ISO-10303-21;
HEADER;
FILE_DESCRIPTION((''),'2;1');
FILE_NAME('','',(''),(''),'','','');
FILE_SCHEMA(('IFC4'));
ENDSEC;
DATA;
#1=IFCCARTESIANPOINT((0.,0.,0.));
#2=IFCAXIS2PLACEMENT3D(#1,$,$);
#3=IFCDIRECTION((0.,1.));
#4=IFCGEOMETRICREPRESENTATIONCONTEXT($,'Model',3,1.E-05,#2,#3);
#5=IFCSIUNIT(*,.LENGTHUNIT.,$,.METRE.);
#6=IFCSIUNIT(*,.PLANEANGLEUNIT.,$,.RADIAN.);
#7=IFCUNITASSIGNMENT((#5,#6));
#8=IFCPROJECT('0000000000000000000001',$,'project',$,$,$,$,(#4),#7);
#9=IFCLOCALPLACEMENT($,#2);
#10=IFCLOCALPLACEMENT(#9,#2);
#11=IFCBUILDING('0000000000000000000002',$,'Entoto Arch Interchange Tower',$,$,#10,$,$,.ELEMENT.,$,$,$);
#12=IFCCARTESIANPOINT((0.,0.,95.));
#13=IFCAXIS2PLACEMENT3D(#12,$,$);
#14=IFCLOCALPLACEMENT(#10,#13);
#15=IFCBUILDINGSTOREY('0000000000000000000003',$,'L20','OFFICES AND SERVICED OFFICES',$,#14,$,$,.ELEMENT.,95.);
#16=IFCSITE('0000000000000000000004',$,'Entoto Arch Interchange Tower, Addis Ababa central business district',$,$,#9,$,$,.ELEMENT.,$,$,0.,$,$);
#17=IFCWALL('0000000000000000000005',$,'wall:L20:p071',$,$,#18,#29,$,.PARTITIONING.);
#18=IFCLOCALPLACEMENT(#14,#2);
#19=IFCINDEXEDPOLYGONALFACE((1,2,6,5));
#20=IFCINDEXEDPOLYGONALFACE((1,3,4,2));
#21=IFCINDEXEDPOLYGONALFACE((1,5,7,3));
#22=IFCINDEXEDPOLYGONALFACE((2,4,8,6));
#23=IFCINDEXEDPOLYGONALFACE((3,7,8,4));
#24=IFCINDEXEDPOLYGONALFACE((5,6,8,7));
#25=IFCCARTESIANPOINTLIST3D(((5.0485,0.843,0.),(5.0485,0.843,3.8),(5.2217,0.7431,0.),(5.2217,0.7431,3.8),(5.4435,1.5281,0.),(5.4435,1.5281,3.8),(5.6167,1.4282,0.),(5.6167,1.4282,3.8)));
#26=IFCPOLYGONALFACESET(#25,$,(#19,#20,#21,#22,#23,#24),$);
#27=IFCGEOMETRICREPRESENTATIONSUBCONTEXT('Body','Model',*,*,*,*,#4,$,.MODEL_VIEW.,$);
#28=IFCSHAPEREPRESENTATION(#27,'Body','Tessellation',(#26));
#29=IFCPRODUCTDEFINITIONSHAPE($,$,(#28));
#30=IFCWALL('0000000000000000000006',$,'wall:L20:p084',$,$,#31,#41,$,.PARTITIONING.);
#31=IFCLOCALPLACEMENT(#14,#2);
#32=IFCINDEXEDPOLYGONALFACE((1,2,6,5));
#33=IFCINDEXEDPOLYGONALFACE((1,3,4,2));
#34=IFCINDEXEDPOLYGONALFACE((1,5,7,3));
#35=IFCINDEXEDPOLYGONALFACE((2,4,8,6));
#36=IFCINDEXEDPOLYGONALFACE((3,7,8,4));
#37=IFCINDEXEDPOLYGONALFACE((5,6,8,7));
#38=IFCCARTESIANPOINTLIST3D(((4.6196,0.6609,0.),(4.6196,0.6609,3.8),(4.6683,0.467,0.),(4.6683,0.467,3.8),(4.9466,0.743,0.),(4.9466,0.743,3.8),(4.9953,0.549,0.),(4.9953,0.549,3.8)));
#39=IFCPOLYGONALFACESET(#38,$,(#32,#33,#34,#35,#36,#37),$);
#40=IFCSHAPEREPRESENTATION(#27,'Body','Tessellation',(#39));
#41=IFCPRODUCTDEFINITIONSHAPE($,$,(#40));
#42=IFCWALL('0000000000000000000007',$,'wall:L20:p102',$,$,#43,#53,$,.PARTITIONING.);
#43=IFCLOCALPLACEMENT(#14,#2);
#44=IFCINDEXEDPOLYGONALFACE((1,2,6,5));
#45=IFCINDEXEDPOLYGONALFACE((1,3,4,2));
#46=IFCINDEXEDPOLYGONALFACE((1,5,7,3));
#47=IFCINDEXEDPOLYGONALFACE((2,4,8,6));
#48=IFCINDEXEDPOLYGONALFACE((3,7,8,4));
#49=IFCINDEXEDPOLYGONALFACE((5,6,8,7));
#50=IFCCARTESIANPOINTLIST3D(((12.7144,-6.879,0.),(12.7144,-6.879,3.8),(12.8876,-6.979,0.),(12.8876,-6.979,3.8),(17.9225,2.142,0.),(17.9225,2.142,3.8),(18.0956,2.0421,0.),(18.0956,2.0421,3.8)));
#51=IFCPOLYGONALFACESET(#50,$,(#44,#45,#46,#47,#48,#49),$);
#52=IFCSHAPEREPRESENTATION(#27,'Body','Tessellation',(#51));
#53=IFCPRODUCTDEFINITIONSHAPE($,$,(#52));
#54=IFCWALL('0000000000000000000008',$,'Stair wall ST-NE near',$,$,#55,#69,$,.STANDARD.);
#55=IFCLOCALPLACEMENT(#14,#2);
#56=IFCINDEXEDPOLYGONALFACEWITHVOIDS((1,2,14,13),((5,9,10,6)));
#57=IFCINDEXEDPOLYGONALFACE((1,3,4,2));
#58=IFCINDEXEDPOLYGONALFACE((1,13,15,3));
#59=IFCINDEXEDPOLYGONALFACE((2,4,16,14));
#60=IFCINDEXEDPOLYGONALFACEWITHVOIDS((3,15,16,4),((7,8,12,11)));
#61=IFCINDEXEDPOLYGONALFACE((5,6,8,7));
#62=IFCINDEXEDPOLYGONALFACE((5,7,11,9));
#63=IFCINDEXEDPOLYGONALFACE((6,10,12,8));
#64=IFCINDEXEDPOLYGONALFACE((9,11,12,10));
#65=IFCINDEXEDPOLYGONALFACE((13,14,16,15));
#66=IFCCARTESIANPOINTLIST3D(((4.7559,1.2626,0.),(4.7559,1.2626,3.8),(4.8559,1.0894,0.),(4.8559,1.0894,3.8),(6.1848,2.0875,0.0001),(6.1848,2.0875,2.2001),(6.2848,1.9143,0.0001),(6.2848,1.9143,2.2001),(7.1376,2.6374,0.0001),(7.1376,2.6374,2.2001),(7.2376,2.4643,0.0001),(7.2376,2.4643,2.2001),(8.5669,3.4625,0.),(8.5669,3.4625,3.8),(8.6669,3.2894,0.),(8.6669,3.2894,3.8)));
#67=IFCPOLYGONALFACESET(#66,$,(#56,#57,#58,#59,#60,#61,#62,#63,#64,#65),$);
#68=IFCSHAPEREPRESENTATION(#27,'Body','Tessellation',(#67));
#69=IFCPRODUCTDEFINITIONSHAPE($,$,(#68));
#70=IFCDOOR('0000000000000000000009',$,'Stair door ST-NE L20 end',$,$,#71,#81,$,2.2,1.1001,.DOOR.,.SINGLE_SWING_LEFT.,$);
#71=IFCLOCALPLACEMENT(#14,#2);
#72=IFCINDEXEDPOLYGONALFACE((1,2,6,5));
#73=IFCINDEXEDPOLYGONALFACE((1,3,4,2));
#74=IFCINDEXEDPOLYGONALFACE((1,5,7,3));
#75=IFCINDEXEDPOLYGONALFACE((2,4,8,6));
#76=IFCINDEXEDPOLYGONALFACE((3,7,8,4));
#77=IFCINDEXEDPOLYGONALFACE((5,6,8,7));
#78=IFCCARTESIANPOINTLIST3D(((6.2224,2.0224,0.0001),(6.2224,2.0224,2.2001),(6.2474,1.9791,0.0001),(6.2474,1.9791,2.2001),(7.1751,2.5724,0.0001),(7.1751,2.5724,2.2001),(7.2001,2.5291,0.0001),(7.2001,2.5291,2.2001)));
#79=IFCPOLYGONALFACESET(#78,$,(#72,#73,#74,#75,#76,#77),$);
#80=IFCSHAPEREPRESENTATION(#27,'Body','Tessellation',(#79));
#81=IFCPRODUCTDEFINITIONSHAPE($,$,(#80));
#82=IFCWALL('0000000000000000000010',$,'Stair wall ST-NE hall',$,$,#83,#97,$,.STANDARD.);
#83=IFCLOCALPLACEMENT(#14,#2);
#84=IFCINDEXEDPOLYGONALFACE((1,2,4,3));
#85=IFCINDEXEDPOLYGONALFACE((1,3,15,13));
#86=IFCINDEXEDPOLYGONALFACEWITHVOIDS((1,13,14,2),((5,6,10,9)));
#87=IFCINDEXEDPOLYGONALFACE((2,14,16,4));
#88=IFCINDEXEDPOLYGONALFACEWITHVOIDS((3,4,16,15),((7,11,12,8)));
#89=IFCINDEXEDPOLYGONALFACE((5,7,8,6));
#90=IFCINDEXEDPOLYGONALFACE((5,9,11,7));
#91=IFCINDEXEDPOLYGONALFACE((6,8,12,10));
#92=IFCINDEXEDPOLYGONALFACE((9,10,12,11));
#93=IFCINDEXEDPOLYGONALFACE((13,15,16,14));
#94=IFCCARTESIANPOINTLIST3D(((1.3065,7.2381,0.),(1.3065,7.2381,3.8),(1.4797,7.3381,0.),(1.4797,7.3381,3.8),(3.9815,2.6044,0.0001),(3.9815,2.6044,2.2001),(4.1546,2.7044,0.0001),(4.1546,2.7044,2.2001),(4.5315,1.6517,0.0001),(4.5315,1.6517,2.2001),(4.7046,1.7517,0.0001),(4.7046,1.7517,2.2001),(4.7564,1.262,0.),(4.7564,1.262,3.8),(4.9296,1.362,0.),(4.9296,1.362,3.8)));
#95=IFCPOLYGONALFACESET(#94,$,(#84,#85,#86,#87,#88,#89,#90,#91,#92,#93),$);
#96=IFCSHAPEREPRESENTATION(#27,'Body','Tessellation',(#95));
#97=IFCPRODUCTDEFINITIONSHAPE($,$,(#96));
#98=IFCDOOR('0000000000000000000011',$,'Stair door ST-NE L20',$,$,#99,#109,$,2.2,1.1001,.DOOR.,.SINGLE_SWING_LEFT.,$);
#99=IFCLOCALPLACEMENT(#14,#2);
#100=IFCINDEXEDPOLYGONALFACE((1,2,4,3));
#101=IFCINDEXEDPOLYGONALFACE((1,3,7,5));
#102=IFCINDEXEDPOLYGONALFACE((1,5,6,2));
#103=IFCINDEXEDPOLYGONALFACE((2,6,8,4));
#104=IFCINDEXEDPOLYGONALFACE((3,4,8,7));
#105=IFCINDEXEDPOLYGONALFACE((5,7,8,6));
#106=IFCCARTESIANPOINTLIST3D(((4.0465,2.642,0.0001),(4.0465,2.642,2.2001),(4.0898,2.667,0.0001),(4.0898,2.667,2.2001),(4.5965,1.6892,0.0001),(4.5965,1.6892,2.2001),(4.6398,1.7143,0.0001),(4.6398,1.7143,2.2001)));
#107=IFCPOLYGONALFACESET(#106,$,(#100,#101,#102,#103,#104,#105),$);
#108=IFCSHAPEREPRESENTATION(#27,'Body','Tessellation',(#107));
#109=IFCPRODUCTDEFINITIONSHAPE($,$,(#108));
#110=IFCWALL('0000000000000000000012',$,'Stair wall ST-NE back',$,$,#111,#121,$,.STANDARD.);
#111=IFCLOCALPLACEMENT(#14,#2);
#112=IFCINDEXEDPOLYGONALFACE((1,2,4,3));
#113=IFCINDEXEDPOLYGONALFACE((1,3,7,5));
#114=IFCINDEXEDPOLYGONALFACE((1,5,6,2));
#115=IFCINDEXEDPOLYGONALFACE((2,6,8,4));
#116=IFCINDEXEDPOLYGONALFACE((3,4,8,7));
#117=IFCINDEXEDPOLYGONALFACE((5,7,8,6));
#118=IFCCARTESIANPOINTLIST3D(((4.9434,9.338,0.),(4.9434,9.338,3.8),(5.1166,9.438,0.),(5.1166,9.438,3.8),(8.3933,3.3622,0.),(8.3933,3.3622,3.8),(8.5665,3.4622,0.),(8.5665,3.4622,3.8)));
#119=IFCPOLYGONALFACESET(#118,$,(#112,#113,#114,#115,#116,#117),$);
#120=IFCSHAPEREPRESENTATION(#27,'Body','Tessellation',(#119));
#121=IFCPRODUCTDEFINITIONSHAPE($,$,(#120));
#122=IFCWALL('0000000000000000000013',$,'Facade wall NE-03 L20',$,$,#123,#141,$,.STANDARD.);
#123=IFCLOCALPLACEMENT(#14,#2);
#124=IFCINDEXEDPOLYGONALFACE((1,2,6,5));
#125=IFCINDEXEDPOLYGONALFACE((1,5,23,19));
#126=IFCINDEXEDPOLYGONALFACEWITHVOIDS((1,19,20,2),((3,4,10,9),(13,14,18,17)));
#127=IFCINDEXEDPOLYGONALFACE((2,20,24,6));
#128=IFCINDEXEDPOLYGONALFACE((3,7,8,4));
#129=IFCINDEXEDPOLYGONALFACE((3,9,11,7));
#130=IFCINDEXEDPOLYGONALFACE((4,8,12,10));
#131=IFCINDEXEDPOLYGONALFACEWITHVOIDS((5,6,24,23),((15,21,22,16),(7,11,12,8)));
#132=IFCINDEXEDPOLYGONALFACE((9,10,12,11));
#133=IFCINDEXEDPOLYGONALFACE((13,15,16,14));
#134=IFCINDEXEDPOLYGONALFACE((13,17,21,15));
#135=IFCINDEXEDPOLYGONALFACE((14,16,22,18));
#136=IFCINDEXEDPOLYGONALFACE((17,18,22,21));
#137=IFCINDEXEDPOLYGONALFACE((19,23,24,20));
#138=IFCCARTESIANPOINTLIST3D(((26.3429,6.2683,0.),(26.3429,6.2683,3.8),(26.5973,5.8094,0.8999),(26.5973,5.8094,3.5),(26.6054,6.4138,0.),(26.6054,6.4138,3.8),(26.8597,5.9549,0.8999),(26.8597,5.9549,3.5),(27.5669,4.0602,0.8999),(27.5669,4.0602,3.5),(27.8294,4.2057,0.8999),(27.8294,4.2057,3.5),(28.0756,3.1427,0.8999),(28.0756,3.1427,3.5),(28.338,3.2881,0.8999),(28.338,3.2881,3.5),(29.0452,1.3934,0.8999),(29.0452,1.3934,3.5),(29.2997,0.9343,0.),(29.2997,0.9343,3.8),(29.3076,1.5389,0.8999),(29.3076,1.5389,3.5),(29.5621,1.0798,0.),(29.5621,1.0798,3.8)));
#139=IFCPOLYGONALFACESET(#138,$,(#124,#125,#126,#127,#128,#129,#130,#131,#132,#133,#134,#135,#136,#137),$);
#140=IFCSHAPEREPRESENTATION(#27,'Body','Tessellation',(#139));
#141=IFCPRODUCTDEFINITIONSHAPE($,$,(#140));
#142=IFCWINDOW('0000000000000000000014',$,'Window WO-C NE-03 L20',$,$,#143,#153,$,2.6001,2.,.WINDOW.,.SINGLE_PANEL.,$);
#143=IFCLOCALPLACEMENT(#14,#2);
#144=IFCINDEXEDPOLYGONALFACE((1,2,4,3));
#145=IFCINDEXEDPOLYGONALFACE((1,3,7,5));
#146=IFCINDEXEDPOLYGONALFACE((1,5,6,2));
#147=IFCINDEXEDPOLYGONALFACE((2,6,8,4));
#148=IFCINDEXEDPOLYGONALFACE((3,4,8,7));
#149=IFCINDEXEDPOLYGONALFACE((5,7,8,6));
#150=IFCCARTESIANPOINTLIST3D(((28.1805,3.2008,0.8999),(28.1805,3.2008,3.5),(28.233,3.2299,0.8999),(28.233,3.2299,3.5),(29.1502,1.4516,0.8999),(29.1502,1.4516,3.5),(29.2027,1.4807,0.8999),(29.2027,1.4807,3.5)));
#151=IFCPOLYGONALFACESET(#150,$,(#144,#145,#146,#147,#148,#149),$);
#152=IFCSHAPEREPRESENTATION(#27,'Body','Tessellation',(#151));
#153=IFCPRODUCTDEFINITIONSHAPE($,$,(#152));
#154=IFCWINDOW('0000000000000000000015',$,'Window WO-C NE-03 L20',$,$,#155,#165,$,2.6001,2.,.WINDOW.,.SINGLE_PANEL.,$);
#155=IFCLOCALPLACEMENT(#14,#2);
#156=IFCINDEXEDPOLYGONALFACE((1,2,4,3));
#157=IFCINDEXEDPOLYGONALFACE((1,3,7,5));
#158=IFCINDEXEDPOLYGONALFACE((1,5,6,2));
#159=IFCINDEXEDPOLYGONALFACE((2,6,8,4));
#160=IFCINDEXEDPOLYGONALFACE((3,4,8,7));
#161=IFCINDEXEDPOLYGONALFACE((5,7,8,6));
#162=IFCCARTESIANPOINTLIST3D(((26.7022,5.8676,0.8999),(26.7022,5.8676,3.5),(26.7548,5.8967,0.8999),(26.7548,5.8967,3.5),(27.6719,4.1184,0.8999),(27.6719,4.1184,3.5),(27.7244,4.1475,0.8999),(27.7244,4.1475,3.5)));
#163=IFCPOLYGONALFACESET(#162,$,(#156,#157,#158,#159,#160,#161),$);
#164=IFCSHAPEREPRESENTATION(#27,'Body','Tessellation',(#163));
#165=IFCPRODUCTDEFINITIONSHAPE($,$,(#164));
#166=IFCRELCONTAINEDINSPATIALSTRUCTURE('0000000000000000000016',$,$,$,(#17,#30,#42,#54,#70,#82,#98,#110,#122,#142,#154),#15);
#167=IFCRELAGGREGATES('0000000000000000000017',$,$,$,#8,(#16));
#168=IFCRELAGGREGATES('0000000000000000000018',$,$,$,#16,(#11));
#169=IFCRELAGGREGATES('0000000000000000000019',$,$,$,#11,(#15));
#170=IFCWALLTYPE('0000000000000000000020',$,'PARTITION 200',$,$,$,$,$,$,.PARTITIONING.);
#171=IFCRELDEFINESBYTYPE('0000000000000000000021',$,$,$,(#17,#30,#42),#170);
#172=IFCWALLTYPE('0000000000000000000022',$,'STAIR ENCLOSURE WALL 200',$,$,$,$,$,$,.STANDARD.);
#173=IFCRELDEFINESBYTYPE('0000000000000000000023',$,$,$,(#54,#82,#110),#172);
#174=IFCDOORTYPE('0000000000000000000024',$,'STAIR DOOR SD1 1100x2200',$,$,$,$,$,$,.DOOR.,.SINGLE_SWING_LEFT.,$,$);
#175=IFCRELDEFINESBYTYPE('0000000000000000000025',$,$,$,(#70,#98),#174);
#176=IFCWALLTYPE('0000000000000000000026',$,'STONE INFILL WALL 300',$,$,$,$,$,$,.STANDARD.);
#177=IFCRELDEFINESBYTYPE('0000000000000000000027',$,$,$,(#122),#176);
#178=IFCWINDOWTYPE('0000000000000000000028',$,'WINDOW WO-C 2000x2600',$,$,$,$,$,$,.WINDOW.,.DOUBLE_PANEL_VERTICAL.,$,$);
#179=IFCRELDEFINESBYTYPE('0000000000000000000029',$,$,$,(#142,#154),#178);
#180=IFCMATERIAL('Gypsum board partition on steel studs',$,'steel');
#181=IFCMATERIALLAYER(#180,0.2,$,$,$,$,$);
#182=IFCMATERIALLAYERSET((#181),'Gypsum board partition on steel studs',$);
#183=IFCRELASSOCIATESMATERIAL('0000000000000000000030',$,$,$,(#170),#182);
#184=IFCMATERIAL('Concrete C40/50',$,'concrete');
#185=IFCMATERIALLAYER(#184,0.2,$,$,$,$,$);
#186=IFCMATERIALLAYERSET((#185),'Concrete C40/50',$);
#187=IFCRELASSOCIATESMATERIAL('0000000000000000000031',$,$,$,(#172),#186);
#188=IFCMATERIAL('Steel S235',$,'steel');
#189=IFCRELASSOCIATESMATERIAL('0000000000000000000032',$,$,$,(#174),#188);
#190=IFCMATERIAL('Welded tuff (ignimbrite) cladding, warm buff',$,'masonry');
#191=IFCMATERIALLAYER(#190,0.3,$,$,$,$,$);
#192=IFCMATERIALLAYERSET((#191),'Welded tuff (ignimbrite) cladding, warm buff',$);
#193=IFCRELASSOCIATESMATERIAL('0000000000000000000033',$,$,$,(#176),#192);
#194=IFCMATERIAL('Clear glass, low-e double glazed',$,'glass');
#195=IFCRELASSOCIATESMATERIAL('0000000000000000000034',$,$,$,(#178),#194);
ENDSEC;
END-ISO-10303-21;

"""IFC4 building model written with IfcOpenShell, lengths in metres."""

from ifc_helpers import new_model, si_unit, direction, frame, frame_2d, origin, place, context, subcontext, project, spatial, rectangle, extrude, material, layer, layer_set, type_object, element, fill, save


model = new_model("IFC4")

# Units and contexts
model_context = context("Model", 3, precision=1e-05, world=origin(), true_north=direction((0.0, 1.0)))
body_context = subcontext(model_context, "Body", "Model", "MODEL_VIEW")
ifc_project = project(units=[si_unit("LENGTHUNIT", "METRE"), si_unit("PLANEANGLEUNIT", "RADIAN")], contexts=[model_context])

# Site, building, storey
site_placement = place(None, origin())
site = spatial("IfcSite", under=ifc_project, at=site_placement, Name="Entoto Arch Interchange Tower, Addis Ababa central business district", CompositionType="ELEMENT", RefElevation=0.0)
building_placement = place(site_placement, origin())
building = spatial("IfcBuilding", under=site, at=building_placement, Name="Entoto Arch Interchange Tower", CompositionType="ELEMENT")
storey_placement = place(building_placement, frame((0.0, 0.0, 95.0)))
storey = spatial("IfcBuildingStorey", under=building, at=storey_placement, Name="L20", Description="OFFICES AND SERVICED OFFICES", CompositionType="ELEMENT", Elevation=95.0)

# Shared definitions
ifc_material_1 = material(Name="Concrete C40/50", Category="concrete")
ifc_material_2 = material(Name="Gypsum board partition on steel studs", Category="steel")

# Shared definitions
ifc_layer_1 = layer(ifc_material_2, 0.2)
ifc_layer_set_1 = layer_set([ifc_layer_1], Name="Gypsum board partition on steel studs")
wall_type_1 = type_object("IfcWallType", Name="PARTITION 200", PredefinedType="PARTITIONING", material=ifc_layer_set_1)

# Walls
wall_1_placement = place(storey_placement, frame((5.135, 0.793, 0.0), z_axis=(0.0, 0.0, 1.0), x_axis=(0.499526, 0.866299, 0.0)))
element("IfcWall", 1, at=wall_1_placement, inside=storey, type_object=wall_type_1, Name="wall:L20:p071", PredefinedType="PARTITIONING", context=body_context, shape_type="SweptSolid", body=[
    extrude(rectangle(XDim=0.7908, YDim=0.2, at=frame_2d((0.3955, 0.0))), origin(), (0.0, 0.0, 1.0), 3.8),
])
wall_2_placement = place(storey_placement, frame((4.644, 0.564, 0.0), z_axis=(0.0, 0.0, 1.0), x_axis=(0.969929, 0.243388, 0.0)))
element("IfcWall", 2, at=wall_2_placement, inside=storey, type_object=wall_type_1, Name="wall:L20:p084", PredefinedType="PARTITIONING", context=body_context, shape_type="SweptSolid", body=[
    extrude(rectangle(XDim=0.3372, YDim=0.2, at=frame_2d((0.1685, 0.0))), origin(), (0.0, 0.0, 1.0), 3.8),
])
wall_3_placement = place(storey_placement, frame((18.009, 2.092, 0.0), z_axis=(0.0, 0.0, 1.0), x_axis=(-0.499981, -0.866036, 0.0)))
element("IfcWall", 3, at=wall_3_placement, inside=storey, type_object=wall_type_1, Name="wall:L20:p102", PredefinedType="PARTITIONING", context=body_context, shape_type="SweptSolid", body=[
    extrude(rectangle(XDim=10.4165, YDim=0.2, at=frame_2d((5.2083, 0.0))), origin(), (0.0, 0.0, 1.0), 3.8),
])

# Walls, openings, doors
ifc_layer_2 = layer(ifc_material_1, 0.2)
ifc_layer_set_2 = layer_set([ifc_layer_2], Name="Concrete C40/50")
wall_type_2 = type_object("IfcWallType", Name="STAIR ENCLOSURE WALL 200", PredefinedType="STANDARD", material=ifc_layer_set_2)
wall_4_placement = place(storey_placement, frame((4.8059, 1.176, 0.0), z_axis=(0.0, 0.0, 1.0), x_axis=(0.86606, 0.49994, 0.0)))
wall_4 = element("IfcWall", 4, at=wall_4_placement, inside=storey, type_object=wall_type_2, Name="Stair wall ST-NE near", PredefinedType="STANDARD", context=body_context, shape_type="SweptSolid", body=[
    extrude(rectangle(XDim=4.4004, YDim=0.2, at=frame_2d((2.2002, 0.0))), origin(), (0.0, 0.0, 1.0), 3.8),
])
opening_1_placement = place(wall_4_placement, frame((1.6499, 0.0, 0.0)))
opening_1 = element("IfcOpeningElement", 5, at=opening_1_placement, cuts=wall_4, PredefinedType="OPENING", context=body_context, shape_type="SweptSolid", body=[
    extrude(rectangle(XDim=1.1001, YDim=2.2, at=frame_2d((0.55, 1.1001))), frame((0.0, 0.1099, 0.0), z_axis=(0.0, -1.0, 0.0), x_axis=(1.0, 0.0, 0.0)), (0.0, 0.0, 1.0), 0.22),
])
ifc_material_3 = material(Name="Steel S235", Category="steel")
door_type_1 = type_object("IfcDoorType", Name="STAIR DOOR SD1 1100x2200", OperationType="SINGLE_SWING_LEFT", PredefinedType="DOOR", material=ifc_material_3)
door_1_placement = place(opening_1_placement, origin())
door_1 = element("IfcDoor", 6, at=door_1_placement, inside=storey, type_object=door_type_1, Name="Stair door ST-NE L20 end", OperationType="SINGLE_SWING_LEFT", OverallHeight=2.2, OverallWidth=1.1001, PredefinedType="DOOR", context=body_context, shape_type="SweptSolid", body=[
    extrude(rectangle(XDim=1.1001, YDim=2.2, at=frame_2d((0.55, 1.1001))), frame((0.0, 0.0249, 0.0), z_axis=(0.0, -1.0, 0.0), x_axis=(1.0, 0.0, 0.0)), (0.0, 0.0, 1.0), 0.05),
])
fill(opening_1, door_1)
wall_5_placement = place(storey_placement, frame((4.843, 1.312, 0.0), z_axis=(0.0, 0.0, 1.0), x_axis=(-0.499963, 0.866047, 0.0)))
wall_5 = element("IfcWall", 7, at=wall_5_placement, inside=storey, type_object=wall_type_2, Name="Stair wall ST-NE hall", PredefinedType="STANDARD", context=body_context, shape_type="SweptSolid", body=[
    extrude(rectangle(XDim=6.9004, YDim=0.2, at=frame_2d((3.4502, 0.0))), origin(), (0.0, 0.0, 1.0), 3.8),
])
opening_2_placement = place(wall_5_placement, frame((0.45, 0.0, 0.0)))
opening_2 = element("IfcOpeningElement", 8, at=opening_2_placement, cuts=wall_5, PredefinedType="OPENING", context=body_context, shape_type="SweptSolid", body=[
    extrude(rectangle(XDim=1.1001, YDim=2.2, at=frame_2d((0.55, 1.1001))), frame((0.0, 0.1099, 0.0), z_axis=(0.0, -1.0, 0.0), x_axis=(1.0, 0.0, 0.0)), (0.0, 0.0, 1.0), 0.22),
])
door_2_placement = place(opening_2_placement, origin())
door_2 = element("IfcDoor", 9, at=door_2_placement, inside=storey, type_object=door_type_1, Name="Stair door ST-NE L20", OperationType="SINGLE_SWING_LEFT", OverallHeight=2.2, OverallWidth=1.1001, PredefinedType="DOOR", context=body_context, shape_type="SweptSolid", body=[
    extrude(rectangle(XDim=1.1001, YDim=2.2, at=frame_2d((0.55, 1.1001))), frame((0.0, 0.0249, 0.0), z_axis=(0.0, -1.0, 0.0), x_axis=(1.0, 0.0, 0.0)), (0.0, 0.0, 1.0), 0.05),
])
fill(opening_2, door_2)

# Wall
wall_6_placement = place(storey_placement, frame((8.48, 3.4121, 0.0), z_axis=(0.0, 0.0, 1.0), x_axis=(-0.499979, 0.866038, 0.0)))
element("IfcWall", 10, at=wall_6_placement, inside=storey, type_object=wall_type_2, Name="Stair wall ST-NE back", PredefinedType="STANDARD", context=body_context, shape_type="SweptSolid", body=[
    extrude(rectangle(XDim=6.9001, YDim=0.2, at=frame_2d((3.4502, 0.0))), origin(), (0.0, 0.0, 1.0), 3.8),
])

# Wall, openings, windows
ifc_material_4 = material(Name="Welded tuff (ignimbrite) cladding, warm buff", Category="masonry")
ifc_layer_3 = layer(ifc_material_4, 0.3)
ifc_layer_set_3 = layer_set([ifc_layer_3], Name="Welded tuff (ignimbrite) cladding, warm buff")
wall_type_3 = type_object("IfcWallType", Name="STONE INFILL WALL 300", PredefinedType="STANDARD", material=ifc_layer_set_3)
wall_7_placement = place(storey_placement, frame((29.4309, 1.0071, 0.0), z_axis=(0.0, 0.0, 1.0), x_axis=(-0.484824, 0.874612, 0.0)))
wall_7 = element("IfcWall", 11, at=wall_7_placement, inside=storey, type_object=wall_type_3, Name="Facade wall NE-03 L20", PredefinedType="STANDARD", context=body_context, shape_type="SweptSolid", body=[
    extrude(rectangle(XDim=6.0986, YDim=0.3, at=frame_2d((3.0493, 0.0))), origin(), (0.0, 0.0, 1.0), 3.8),
])
opening_3_placement = place(wall_7_placement, frame((0.5249, 0.0, 0.8999)))
opening_3 = element("IfcOpeningElement", 12, at=opening_3_placement, cuts=wall_7, PredefinedType="OPENING", context=body_context, shape_type="SweptSolid", body=[
    extrude(rectangle(XDim=2.0, YDim=2.6001, at=frame_2d((1.0, 1.3))), frame((0.0, 0.1602, 0.0), z_axis=(0.0, -1.0, 0.0), x_axis=(1.0, 0.0, 0.0)), (0.0, 0.0, 1.0), 0.3201),
])
opening_4_placement = place(wall_7_placement, frame((3.574, 0.0, 0.8999)))
opening_4 = element("IfcOpeningElement", 13, at=opening_4_placement, cuts=wall_7, PredefinedType="OPENING", context=body_context, shape_type="SweptSolid", body=[
    extrude(rectangle(XDim=2.0, YDim=2.6001, at=frame_2d((1.0, 1.3))), frame((0.0, 0.1602, 0.0), z_axis=(0.0, -1.0, 0.0), x_axis=(1.0, 0.0, 0.0)), (0.0, 0.0, 1.0), 0.3201),
])
ifc_material_5 = material(Name="Clear glass, low-e double glazed", Category="glass")
window_type = type_object("IfcWindowType", Name="WINDOW WO-C 2000x2600", PartitioningType="DOUBLE_PANEL_VERTICAL", PredefinedType="WINDOW", material=ifc_material_5)
window_1_placement = place(opening_3_placement, origin())
window_1 = element("IfcWindow", 14, at=window_1_placement, inside=storey, type_object=window_type, Name="Window WO-C NE-03 L20", OverallHeight=2.6001, OverallWidth=2.0, PartitioningType="SINGLE_PANEL", PredefinedType="WINDOW", context=body_context, shape_type="SweptSolid", body=[
    extrude(rectangle(XDim=2.0, YDim=2.6001, at=frame_2d((1.0, 1.3))), frame((0.0, 0.03, 0.0), z_axis=(0.0, -1.0, 0.0), x_axis=(1.0, 0.0, 0.0)), (0.0, 0.0, 1.0), 0.0601),
])
fill(opening_3, window_1)
window_2_placement = place(opening_4_placement, origin())
window_2 = element("IfcWindow", 15, at=window_2_placement, inside=storey, type_object=window_type, Name="Window WO-C NE-03 L20", OverallHeight=2.6001, OverallWidth=2.0, PartitioningType="SINGLE_PANEL", PredefinedType="WINDOW", context=body_context, shape_type="SweptSolid", body=[
    extrude(rectangle(XDim=2.0, YDim=2.6001, at=frame_2d((1.0, 1.3))), frame((0.0, 0.03, 0.0), z_axis=(0.0, -1.0, 0.0), x_axis=(1.0, 0.0, 0.0)), (0.0, 0.0, 1.0), 0.0601),
])
fill(opening_4, window_2)

save(model, "model.ifc")
